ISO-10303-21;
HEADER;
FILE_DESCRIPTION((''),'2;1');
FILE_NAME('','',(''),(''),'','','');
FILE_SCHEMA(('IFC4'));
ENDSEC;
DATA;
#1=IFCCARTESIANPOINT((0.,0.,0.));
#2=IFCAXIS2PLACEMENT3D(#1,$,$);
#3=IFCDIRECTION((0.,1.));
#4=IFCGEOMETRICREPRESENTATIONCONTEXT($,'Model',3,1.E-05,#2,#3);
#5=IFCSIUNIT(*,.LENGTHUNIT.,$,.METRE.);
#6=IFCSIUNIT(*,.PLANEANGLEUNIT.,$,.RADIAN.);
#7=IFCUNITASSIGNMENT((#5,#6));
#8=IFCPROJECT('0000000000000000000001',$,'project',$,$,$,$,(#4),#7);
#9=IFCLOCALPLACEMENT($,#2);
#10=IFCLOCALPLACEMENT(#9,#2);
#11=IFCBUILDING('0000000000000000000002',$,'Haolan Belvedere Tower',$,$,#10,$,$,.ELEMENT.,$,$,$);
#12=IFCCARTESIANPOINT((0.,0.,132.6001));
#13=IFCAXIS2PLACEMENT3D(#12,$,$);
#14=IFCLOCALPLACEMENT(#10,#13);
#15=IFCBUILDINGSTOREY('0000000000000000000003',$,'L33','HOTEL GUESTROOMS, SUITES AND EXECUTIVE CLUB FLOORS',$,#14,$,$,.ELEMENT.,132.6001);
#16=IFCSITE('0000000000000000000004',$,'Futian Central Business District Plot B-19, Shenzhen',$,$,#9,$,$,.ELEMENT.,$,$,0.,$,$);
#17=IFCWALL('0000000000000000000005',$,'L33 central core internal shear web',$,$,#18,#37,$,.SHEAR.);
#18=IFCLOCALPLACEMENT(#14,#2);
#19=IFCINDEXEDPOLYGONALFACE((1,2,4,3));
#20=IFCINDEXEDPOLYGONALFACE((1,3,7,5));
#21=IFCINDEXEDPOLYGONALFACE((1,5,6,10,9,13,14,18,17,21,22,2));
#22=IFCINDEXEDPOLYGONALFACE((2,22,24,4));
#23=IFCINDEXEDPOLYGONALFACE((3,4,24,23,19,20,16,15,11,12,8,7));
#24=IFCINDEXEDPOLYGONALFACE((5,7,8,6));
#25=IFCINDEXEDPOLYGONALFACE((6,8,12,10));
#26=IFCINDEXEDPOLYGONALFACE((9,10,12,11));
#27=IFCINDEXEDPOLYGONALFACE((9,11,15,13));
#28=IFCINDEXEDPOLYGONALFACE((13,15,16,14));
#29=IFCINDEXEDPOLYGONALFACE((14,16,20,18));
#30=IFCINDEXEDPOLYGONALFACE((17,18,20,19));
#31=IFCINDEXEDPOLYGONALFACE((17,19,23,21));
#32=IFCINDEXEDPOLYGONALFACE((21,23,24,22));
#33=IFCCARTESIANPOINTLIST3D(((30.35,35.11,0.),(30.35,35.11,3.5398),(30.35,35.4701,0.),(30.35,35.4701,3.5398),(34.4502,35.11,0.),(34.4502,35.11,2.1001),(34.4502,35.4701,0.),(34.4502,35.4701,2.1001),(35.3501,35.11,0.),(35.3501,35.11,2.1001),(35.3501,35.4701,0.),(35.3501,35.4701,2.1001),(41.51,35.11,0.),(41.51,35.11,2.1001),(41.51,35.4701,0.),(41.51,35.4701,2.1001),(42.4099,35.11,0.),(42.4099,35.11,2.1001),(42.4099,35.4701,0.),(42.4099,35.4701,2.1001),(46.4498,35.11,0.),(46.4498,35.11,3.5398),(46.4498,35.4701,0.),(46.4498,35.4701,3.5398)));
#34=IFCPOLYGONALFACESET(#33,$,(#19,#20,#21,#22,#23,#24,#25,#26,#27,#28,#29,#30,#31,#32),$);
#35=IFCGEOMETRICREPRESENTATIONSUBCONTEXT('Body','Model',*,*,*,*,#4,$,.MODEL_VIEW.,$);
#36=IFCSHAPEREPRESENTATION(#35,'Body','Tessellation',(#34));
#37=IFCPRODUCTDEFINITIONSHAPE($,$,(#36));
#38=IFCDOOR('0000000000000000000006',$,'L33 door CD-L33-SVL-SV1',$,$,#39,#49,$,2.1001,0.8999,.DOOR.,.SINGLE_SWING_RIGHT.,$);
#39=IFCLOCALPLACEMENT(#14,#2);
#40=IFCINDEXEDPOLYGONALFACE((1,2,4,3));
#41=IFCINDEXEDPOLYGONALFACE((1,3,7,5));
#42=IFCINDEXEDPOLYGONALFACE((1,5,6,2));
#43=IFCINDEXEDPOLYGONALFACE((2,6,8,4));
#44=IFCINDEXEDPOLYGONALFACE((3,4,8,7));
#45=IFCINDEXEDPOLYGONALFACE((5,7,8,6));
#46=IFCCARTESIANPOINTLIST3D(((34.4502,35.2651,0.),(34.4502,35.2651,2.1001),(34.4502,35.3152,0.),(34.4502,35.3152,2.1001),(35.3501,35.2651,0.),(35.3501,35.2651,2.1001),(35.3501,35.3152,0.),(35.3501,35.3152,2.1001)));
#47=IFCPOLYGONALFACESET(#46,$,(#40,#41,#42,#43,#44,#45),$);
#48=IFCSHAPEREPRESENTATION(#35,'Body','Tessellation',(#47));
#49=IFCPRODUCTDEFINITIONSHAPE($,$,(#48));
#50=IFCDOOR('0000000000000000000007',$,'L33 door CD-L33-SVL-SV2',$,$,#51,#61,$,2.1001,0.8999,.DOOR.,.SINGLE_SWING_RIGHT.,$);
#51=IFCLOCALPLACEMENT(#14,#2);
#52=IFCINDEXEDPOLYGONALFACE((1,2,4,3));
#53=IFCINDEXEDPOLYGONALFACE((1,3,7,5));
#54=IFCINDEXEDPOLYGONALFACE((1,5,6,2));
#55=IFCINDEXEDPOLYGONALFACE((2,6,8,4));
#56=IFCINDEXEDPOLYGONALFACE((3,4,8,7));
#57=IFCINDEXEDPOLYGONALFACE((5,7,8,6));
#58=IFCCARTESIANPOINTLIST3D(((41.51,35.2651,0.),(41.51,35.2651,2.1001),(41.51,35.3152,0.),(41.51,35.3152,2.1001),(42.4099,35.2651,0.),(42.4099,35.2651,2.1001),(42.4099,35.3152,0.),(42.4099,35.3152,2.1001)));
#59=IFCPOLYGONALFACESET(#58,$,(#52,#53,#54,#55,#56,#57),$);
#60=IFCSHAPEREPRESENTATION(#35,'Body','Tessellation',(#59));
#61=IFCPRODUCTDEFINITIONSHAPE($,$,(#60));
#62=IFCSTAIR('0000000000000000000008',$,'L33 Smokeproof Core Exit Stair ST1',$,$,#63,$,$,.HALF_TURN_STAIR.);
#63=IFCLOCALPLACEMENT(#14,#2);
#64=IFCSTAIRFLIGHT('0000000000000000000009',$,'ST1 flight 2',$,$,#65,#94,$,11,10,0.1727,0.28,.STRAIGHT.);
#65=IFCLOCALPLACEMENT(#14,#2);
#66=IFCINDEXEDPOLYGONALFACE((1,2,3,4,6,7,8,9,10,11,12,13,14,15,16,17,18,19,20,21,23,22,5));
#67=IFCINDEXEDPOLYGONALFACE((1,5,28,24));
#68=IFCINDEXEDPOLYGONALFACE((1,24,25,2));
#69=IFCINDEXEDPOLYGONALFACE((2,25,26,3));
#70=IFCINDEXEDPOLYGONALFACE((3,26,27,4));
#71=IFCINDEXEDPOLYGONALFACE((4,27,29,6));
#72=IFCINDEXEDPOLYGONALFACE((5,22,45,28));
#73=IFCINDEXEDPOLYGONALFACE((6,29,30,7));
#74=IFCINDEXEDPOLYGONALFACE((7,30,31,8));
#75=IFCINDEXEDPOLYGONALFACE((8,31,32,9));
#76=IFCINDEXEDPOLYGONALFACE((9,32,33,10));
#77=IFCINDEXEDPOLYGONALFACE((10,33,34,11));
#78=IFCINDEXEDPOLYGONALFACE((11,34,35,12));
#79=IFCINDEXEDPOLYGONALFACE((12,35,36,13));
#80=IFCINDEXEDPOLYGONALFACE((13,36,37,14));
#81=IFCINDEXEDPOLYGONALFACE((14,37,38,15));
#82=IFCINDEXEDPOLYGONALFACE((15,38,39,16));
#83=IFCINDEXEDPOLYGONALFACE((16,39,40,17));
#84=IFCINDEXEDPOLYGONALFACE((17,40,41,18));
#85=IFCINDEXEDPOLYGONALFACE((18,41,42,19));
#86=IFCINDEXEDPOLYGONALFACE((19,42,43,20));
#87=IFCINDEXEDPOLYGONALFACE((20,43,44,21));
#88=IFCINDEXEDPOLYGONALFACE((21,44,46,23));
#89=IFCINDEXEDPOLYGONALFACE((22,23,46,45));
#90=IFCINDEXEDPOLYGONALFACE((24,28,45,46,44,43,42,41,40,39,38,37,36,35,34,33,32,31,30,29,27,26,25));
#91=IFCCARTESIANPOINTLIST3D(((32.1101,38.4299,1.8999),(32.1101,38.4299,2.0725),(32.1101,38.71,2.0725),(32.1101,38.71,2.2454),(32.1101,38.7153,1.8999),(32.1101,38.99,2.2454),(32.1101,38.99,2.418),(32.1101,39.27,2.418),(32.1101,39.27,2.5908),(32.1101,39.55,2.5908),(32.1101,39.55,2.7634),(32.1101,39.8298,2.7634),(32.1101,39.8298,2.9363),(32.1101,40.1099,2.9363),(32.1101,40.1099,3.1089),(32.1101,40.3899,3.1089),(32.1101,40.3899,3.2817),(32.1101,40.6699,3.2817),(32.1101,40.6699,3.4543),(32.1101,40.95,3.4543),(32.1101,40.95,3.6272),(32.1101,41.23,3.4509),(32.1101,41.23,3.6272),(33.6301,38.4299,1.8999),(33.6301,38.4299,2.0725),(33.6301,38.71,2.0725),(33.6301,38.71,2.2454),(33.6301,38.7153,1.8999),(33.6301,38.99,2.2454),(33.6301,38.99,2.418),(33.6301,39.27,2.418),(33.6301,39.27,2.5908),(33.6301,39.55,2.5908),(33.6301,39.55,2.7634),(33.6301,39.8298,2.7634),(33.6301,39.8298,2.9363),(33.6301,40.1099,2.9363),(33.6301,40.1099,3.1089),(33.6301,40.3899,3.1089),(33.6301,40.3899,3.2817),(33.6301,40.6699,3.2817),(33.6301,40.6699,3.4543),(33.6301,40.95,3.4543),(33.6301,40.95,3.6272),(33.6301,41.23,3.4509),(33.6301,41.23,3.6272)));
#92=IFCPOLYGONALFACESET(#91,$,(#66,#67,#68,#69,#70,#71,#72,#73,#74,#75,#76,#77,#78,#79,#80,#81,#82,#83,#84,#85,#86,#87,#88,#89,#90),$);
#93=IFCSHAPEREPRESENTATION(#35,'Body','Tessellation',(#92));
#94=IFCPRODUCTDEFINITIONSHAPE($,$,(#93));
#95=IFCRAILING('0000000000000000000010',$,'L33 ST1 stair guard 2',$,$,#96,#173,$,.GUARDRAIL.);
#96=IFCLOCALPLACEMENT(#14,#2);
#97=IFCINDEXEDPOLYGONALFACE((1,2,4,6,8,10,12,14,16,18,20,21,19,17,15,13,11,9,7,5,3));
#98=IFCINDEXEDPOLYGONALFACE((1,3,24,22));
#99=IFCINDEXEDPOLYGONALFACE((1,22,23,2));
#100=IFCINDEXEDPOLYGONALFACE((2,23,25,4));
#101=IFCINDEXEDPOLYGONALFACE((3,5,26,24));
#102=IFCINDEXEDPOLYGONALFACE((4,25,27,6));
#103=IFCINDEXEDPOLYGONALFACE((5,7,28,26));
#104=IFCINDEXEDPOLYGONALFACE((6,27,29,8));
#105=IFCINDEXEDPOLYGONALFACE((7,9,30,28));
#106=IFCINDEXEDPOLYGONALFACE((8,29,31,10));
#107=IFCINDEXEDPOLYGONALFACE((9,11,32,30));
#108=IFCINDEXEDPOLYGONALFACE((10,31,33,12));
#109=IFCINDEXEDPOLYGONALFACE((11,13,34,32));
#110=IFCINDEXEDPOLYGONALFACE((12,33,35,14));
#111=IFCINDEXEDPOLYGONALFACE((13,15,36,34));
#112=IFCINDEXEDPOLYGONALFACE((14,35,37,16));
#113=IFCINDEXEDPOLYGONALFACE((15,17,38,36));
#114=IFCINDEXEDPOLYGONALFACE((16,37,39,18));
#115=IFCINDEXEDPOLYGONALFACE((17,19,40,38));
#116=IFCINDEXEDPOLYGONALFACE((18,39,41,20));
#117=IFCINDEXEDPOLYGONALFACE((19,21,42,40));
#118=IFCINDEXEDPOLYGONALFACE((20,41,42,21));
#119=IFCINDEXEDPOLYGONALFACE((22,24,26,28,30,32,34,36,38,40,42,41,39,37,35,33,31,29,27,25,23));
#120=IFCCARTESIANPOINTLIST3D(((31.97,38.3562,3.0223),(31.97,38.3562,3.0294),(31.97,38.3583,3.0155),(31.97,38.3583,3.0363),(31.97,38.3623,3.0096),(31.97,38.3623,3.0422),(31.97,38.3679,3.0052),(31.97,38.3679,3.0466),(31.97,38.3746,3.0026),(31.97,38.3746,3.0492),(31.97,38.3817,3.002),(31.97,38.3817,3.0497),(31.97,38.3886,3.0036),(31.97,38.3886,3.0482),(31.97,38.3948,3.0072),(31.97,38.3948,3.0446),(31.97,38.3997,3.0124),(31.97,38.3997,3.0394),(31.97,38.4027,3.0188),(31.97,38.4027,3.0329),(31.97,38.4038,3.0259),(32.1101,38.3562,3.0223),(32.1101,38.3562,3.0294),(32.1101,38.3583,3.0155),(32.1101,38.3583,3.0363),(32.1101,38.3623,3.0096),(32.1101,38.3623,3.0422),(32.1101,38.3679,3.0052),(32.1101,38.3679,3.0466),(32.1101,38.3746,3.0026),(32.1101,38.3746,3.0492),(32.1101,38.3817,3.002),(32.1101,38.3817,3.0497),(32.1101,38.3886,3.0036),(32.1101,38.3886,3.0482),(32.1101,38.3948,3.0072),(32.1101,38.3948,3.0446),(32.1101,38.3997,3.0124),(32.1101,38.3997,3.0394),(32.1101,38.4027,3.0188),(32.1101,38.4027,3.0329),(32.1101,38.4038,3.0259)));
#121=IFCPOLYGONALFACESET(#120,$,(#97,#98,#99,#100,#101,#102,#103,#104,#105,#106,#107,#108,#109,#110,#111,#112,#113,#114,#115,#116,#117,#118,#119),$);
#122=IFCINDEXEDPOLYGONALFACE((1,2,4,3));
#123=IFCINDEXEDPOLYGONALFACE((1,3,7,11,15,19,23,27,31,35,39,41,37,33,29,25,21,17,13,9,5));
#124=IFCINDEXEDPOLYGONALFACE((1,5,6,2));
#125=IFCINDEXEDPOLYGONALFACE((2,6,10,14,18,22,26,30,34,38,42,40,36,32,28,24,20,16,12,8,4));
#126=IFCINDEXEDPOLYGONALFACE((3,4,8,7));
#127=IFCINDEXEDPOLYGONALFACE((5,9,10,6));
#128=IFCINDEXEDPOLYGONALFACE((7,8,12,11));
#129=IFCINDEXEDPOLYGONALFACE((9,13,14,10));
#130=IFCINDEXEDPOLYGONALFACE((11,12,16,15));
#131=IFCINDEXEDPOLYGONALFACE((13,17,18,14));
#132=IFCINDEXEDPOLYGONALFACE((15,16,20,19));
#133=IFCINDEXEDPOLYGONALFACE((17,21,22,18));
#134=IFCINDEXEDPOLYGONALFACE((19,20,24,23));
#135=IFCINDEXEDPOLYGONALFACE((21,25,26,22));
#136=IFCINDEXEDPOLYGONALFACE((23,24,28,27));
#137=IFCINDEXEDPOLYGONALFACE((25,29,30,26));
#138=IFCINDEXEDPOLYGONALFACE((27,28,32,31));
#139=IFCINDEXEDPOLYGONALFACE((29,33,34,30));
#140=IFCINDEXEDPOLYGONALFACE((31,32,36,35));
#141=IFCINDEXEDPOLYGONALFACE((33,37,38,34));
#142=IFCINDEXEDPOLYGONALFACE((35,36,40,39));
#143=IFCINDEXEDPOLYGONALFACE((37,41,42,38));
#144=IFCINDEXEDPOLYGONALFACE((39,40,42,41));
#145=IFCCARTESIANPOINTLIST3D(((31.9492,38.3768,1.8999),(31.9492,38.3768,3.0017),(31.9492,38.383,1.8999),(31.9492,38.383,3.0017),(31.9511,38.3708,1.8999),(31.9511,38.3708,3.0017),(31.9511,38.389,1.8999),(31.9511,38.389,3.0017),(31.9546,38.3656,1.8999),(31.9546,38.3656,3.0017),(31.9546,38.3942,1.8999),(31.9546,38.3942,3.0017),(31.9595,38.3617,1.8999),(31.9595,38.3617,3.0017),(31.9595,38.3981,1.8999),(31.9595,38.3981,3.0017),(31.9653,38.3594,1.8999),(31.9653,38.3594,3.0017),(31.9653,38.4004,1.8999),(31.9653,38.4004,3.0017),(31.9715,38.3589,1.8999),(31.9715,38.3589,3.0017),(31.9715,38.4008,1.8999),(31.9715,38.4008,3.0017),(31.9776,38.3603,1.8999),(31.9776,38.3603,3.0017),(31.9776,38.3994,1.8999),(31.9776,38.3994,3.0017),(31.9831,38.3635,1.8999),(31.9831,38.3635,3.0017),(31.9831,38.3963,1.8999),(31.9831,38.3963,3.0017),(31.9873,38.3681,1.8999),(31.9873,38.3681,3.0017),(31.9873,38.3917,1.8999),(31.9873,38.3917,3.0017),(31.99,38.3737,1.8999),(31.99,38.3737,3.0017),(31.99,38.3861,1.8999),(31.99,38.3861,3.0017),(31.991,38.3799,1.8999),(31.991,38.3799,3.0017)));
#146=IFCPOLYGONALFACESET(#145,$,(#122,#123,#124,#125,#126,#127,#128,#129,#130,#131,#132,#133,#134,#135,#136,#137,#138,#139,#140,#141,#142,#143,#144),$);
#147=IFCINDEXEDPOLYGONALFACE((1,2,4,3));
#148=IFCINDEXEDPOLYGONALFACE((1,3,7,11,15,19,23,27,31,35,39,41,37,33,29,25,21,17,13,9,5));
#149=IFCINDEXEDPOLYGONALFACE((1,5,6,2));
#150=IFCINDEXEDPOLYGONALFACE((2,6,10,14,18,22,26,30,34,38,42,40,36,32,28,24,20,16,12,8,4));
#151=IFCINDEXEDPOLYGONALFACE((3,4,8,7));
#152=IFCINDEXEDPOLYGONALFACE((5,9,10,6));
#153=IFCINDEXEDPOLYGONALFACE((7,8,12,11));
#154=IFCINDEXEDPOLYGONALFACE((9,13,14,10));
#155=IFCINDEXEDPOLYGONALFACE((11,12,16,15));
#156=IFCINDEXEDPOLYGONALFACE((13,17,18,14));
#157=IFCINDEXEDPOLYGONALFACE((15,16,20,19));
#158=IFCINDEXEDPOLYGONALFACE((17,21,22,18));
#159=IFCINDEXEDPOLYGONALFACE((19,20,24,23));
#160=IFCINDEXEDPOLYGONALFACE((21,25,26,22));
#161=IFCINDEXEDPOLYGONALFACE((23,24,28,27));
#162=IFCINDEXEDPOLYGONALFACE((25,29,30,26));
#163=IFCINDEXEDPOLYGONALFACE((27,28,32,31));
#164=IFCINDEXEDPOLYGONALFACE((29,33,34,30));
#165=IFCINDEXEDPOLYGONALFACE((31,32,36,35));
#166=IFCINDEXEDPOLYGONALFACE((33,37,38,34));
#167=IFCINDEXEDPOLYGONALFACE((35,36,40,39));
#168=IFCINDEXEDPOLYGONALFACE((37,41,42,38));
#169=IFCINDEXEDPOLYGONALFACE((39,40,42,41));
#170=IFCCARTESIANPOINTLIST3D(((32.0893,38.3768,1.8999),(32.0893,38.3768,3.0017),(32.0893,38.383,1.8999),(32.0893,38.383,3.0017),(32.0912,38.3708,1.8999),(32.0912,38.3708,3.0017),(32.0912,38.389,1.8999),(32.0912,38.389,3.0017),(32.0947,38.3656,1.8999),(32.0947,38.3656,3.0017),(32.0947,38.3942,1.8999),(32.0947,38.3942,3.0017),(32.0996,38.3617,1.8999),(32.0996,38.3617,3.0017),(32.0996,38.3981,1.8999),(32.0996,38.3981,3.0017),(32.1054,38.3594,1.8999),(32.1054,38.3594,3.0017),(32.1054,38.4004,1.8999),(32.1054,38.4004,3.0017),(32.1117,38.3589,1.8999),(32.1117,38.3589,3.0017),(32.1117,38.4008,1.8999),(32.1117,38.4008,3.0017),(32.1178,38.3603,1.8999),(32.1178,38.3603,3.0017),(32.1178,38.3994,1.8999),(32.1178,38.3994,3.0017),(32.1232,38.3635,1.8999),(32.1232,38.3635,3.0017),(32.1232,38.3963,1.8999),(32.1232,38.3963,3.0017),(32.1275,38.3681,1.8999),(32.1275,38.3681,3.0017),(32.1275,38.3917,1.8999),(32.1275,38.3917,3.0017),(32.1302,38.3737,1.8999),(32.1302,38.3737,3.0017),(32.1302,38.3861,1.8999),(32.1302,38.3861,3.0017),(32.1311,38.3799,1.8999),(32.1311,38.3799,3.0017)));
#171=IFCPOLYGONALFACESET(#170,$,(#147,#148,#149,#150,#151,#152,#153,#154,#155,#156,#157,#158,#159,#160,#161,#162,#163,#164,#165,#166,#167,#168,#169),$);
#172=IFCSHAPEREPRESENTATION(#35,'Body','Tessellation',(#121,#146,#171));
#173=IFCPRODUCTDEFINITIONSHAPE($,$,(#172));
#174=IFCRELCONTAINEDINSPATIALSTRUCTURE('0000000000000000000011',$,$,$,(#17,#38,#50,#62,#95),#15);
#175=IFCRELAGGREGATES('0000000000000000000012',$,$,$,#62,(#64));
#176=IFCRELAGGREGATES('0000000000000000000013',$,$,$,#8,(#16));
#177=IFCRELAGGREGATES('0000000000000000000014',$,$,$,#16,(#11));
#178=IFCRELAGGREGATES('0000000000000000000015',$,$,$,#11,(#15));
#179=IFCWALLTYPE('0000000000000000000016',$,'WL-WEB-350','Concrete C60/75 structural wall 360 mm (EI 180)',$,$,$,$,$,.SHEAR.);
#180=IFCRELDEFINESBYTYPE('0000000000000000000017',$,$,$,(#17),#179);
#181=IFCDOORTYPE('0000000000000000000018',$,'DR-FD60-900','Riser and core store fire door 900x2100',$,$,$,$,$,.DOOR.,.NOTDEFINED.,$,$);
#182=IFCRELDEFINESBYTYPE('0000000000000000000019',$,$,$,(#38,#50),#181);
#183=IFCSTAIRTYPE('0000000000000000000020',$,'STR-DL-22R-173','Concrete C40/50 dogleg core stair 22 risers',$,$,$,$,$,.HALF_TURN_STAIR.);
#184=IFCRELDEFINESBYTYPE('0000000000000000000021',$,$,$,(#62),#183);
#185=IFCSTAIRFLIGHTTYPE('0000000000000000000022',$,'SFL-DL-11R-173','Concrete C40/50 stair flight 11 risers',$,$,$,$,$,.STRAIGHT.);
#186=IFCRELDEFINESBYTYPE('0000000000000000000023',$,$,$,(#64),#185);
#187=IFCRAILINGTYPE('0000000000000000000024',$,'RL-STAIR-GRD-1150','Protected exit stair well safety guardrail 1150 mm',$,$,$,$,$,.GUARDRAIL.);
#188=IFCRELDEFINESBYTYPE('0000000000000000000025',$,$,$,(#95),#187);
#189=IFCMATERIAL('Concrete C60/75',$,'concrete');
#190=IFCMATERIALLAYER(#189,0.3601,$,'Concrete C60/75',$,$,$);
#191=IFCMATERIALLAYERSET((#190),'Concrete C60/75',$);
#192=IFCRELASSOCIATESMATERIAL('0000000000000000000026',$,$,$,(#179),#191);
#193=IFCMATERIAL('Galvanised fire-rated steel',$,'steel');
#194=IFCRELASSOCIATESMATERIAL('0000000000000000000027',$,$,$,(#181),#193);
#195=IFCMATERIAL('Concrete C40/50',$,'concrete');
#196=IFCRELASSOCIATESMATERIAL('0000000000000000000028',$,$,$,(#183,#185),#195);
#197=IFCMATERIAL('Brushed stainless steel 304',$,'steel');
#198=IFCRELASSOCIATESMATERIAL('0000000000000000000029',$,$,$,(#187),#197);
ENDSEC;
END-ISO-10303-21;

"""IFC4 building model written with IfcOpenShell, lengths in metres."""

from ifc_helpers import new_model, si_unit, direction, frame, frame_2d, origin, origin_2d, place, context, subcontext, project, spatial, polyline, rectangle, circle, outline, extrude, material, layer, layer_set, type_object, element, fill, aggregate, save


model = new_model("IFC4")

# Units and contexts
model_context = context("Model", 3, precision=1e-05, world=origin(), true_north=direction((0.0, 1.0)))
body_context = subcontext(model_context, "Body", "Model", "MODEL_VIEW")
ifc_project = project(units=[si_unit("LENGTHUNIT", "METRE"), si_unit("PLANEANGLEUNIT", "RADIAN")], contexts=[model_context])

# Site, building, storey
site_placement = place(None, origin())
site = spatial("IfcSite", under=ifc_project, at=site_placement, Name="Futian Central Business District Plot B-19, Shenzhen", CompositionType="ELEMENT", RefElevation=0.0)
building_placement = place(site_placement, origin())
building = spatial("IfcBuilding", under=site, at=building_placement, Name="Haolan Belvedere Tower", CompositionType="ELEMENT")
storey_placement = place(building_placement, frame((0.0, 0.0, 132.6001)))
storey = spatial("IfcBuildingStorey", under=building, at=storey_placement, Name="L33", Description="HOTEL GUESTROOMS, SUITES AND EXECUTIVE CLUB FLOORS", CompositionType="ELEMENT", Elevation=132.6001)

# Shared definitions
ifc_material_1 = material(Name="Concrete C60/75", Category="concrete")

# Wall, openings, doors
ifc_layer_1 = layer(ifc_material_1, 0.3601, Name="Concrete C60/75")
ifc_layer_set_1 = layer_set([ifc_layer_1], Name="Concrete C60/75")
wall_type_1 = type_object("IfcWallType", Name="WL-WEB-350", Description="Concrete C60/75 structural wall 360 mm (EI 180)", PredefinedType="SHEAR", material=ifc_layer_set_1)
wall_1_placement = place(storey_placement, frame((30.3501, 35.29, 0.0), z_axis=(0.0, 0.0, 1.0), x_axis=(1.0, 0.0, 0.0)))
wall_1 = element("IfcWall", 1, at=wall_1_placement, inside=storey, type_object=wall_type_1, Name="L33 central core internal shear web", PredefinedType="SHEAR", context=body_context, shape_type="SweptSolid", body=[
    extrude(rectangle(XDim=16.0999, YDim=0.3601, at=frame_2d((8.0498, 0.0))), origin(), (0.0, 0.0, 1.0), 3.5398),
])
opening_1_placement = place(wall_1_placement, frame((5.0, 0.0, 0.0), z_axis=(0.0, 0.0, 1.0), x_axis=(-1.0, 0.0, 0.0)))
opening_1 = element("IfcOpeningElement", 2, at=opening_1_placement, cuts=wall_1, PredefinedType="OPENING", context=body_context, shape_type="SweptSolid", body=[
    extrude(rectangle(XDim=0.8999, YDim=2.1001, at=frame_2d((0.45, 1.05))), frame((0.0, 0.1899, 0.0), z_axis=(0.0, -1.0, 0.0), x_axis=(1.0, 0.0, 0.0)), (0.0, 0.0, 1.0), 0.3801),
])
opening_2_placement = place(wall_1_placement, frame((12.0598, 0.0, 0.0), z_axis=(0.0, 0.0, 1.0), x_axis=(-1.0, 0.0, 0.0)))
opening_2 = element("IfcOpeningElement", 3, at=opening_2_placement, cuts=wall_1, PredefinedType="OPENING", context=body_context, shape_type="SweptSolid", body=[
    extrude(rectangle(XDim=0.8999, YDim=2.1001, at=frame_2d((0.45, 1.05))), frame((0.0, 0.1899, 0.0), z_axis=(0.0, -1.0, 0.0), x_axis=(1.0, 0.0, 0.0)), (0.0, 0.0, 1.0), 0.3801),
])
ifc_material_2 = material(Name="Galvanised fire-rated steel", Category="steel")
door_type_1 = type_object("IfcDoorType", Name="DR-FD60-900", Description="Riser and core store fire door 900x2100", OperationType="NOTDEFINED", PredefinedType="DOOR", material=ifc_material_2)
door_1_placement = place(opening_1_placement, origin())
door_1 = element("IfcDoor", 4, at=door_1_placement, inside=storey, type_object=door_type_1, Name="L33 door CD-L33-SVL-SV1", OperationType="SINGLE_SWING_RIGHT", OverallHeight=2.1001, OverallWidth=0.8999, PredefinedType="DOOR", context=body_context, shape_type="SweptSolid", body=[
    extrude(rectangle(XDim=0.8999, YDim=2.1001, at=frame_2d((0.45, 1.05))), frame((0.0, 0.0249, 0.0), z_axis=(0.0, -1.0, 0.0), x_axis=(1.0, 0.0, 0.0)), (0.0, 0.0, 1.0), 0.05),
])
fill(opening_1, door_1)
door_2_placement = place(opening_2_placement, origin())
door_2 = element("IfcDoor", 5, at=door_2_placement, inside=storey, type_object=door_type_1, Name="L33 door CD-L33-SVL-SV2", OperationType="SINGLE_SWING_RIGHT", OverallHeight=2.1001, OverallWidth=0.8999, PredefinedType="DOOR", context=body_context, shape_type="SweptSolid", body=[
    extrude(rectangle(XDim=0.8999, YDim=2.1001, at=frame_2d((0.45, 1.05))), frame((0.0, 0.0249, 0.0), z_axis=(0.0, -1.0, 0.0), x_axis=(1.0, 0.0, 0.0)), (0.0, 0.0, 1.0), 0.05),
])
fill(opening_2, door_2)

# Stair, stair flight
ifc_material_3 = material(Name="Concrete C40/50", Category="concrete")
stair_type = type_object("IfcStairType", Name="STR-DL-22R-173", Description="Concrete C40/50 dogleg core stair 22 risers", PredefinedType="HALF_TURN_STAIR", material=ifc_material_3)
stair_placement = place(storey_placement, origin())
stair = element("IfcStair", 6, at=stair_placement, inside=storey, type_object=stair_type, Name="L33 Smokeproof Core Exit Stair ST1", PredefinedType="HALF_TURN_STAIR")
stair_flight_type = type_object("IfcStairFlightType", Name="SFL-DL-11R-173", Description="Concrete C40/50 stair flight 11 risers", PredefinedType="STRAIGHT", material=ifc_material_3)
stair_flight_placement = place(storey_placement, frame((32.8701, 38.4299, 1.8999), z_axis=(0.0, 0.0, 1.0), x_axis=(0.0, 1.0, 0.0)))
stair_flight = element("IfcStairFlight", 7, at=stair_flight_placement, type_object=stair_flight_type, Name="ST1 flight 2", NumberOfRisers=11, NumberOfTreads=10, PredefinedType="STRAIGHT", RiserHeight=0.1727, TreadLength=0.28, context=body_context, shape_type="SweptSolid", body=[
    extrude(outline(polyline([(0.0, 0.0), (0.0, 0.1726), (0.28, 0.1726), (0.28, 0.3455), (0.5601, 0.3455), (0.5601, 0.5181), (0.8401, 0.5181), (0.8401, 0.6909), (1.1201, 0.6909), (1.1201, 0.8635), (1.3999, 0.8635), (1.3999, 1.0364), (1.6799, 1.0364), (1.6799, 1.209), (1.96, 1.209), (1.96, 1.3818), (2.24, 1.3818), (2.24, 1.5544), (2.52, 1.5544), (2.52, 1.7273), (2.8, 1.7273), (2.8, 1.8999), (2.8, 1.551), (0.2854, 0.0), (0.0, 0.0)])), frame((0.0, 0.76, 0.0), z_axis=(0.0, -1.0, 0.0), x_axis=(1.0, 0.0, 0.0)), (0.0, 0.0, 1.0), 1.52),
])
aggregate(stair, [stair_flight])

# Railing
ifc_material_4 = material(Name="Brushed stainless steel 304", Category="steel")
railing_type_1 = type_object("IfcRailingType", Name="RL-STAIR-GRD-1150", Description="Protected exit stair well safety guardrail 1150 mm", PredefinedType="GUARDRAIL", material=ifc_material_4)
railing_1_placement = place(storey_placement, frame((31.97, 38.3799, 1.8999)))
element("IfcRailing", 8, at=railing_1_placement, inside=storey, type_object=railing_type_1, Name="L33 ST1 stair guard 2", PredefinedType="GUARDRAIL", context=body_context, shape_type="SweptSolid", body=[
    extrude(circle(Radius=0.0239, at=origin_2d()), frame((0.0, 0.0, 1.126), z_axis=(1.0, 0.0, 0.0), x_axis=(0.0, 1.0, 0.0)), (0.0, 0.0, 1.0), 0.1401),
    extrude(circle(Radius=0.021, at=origin_2d()), origin(), (0.0, 0.0, 1.0), 1.1018),
    extrude(circle(Radius=0.021, at=origin_2d()), frame((0.1401, 0.0, 0.0)), (0.0, 0.0, 1.0), 1.1018),
])

save(model, "model.ifc")
